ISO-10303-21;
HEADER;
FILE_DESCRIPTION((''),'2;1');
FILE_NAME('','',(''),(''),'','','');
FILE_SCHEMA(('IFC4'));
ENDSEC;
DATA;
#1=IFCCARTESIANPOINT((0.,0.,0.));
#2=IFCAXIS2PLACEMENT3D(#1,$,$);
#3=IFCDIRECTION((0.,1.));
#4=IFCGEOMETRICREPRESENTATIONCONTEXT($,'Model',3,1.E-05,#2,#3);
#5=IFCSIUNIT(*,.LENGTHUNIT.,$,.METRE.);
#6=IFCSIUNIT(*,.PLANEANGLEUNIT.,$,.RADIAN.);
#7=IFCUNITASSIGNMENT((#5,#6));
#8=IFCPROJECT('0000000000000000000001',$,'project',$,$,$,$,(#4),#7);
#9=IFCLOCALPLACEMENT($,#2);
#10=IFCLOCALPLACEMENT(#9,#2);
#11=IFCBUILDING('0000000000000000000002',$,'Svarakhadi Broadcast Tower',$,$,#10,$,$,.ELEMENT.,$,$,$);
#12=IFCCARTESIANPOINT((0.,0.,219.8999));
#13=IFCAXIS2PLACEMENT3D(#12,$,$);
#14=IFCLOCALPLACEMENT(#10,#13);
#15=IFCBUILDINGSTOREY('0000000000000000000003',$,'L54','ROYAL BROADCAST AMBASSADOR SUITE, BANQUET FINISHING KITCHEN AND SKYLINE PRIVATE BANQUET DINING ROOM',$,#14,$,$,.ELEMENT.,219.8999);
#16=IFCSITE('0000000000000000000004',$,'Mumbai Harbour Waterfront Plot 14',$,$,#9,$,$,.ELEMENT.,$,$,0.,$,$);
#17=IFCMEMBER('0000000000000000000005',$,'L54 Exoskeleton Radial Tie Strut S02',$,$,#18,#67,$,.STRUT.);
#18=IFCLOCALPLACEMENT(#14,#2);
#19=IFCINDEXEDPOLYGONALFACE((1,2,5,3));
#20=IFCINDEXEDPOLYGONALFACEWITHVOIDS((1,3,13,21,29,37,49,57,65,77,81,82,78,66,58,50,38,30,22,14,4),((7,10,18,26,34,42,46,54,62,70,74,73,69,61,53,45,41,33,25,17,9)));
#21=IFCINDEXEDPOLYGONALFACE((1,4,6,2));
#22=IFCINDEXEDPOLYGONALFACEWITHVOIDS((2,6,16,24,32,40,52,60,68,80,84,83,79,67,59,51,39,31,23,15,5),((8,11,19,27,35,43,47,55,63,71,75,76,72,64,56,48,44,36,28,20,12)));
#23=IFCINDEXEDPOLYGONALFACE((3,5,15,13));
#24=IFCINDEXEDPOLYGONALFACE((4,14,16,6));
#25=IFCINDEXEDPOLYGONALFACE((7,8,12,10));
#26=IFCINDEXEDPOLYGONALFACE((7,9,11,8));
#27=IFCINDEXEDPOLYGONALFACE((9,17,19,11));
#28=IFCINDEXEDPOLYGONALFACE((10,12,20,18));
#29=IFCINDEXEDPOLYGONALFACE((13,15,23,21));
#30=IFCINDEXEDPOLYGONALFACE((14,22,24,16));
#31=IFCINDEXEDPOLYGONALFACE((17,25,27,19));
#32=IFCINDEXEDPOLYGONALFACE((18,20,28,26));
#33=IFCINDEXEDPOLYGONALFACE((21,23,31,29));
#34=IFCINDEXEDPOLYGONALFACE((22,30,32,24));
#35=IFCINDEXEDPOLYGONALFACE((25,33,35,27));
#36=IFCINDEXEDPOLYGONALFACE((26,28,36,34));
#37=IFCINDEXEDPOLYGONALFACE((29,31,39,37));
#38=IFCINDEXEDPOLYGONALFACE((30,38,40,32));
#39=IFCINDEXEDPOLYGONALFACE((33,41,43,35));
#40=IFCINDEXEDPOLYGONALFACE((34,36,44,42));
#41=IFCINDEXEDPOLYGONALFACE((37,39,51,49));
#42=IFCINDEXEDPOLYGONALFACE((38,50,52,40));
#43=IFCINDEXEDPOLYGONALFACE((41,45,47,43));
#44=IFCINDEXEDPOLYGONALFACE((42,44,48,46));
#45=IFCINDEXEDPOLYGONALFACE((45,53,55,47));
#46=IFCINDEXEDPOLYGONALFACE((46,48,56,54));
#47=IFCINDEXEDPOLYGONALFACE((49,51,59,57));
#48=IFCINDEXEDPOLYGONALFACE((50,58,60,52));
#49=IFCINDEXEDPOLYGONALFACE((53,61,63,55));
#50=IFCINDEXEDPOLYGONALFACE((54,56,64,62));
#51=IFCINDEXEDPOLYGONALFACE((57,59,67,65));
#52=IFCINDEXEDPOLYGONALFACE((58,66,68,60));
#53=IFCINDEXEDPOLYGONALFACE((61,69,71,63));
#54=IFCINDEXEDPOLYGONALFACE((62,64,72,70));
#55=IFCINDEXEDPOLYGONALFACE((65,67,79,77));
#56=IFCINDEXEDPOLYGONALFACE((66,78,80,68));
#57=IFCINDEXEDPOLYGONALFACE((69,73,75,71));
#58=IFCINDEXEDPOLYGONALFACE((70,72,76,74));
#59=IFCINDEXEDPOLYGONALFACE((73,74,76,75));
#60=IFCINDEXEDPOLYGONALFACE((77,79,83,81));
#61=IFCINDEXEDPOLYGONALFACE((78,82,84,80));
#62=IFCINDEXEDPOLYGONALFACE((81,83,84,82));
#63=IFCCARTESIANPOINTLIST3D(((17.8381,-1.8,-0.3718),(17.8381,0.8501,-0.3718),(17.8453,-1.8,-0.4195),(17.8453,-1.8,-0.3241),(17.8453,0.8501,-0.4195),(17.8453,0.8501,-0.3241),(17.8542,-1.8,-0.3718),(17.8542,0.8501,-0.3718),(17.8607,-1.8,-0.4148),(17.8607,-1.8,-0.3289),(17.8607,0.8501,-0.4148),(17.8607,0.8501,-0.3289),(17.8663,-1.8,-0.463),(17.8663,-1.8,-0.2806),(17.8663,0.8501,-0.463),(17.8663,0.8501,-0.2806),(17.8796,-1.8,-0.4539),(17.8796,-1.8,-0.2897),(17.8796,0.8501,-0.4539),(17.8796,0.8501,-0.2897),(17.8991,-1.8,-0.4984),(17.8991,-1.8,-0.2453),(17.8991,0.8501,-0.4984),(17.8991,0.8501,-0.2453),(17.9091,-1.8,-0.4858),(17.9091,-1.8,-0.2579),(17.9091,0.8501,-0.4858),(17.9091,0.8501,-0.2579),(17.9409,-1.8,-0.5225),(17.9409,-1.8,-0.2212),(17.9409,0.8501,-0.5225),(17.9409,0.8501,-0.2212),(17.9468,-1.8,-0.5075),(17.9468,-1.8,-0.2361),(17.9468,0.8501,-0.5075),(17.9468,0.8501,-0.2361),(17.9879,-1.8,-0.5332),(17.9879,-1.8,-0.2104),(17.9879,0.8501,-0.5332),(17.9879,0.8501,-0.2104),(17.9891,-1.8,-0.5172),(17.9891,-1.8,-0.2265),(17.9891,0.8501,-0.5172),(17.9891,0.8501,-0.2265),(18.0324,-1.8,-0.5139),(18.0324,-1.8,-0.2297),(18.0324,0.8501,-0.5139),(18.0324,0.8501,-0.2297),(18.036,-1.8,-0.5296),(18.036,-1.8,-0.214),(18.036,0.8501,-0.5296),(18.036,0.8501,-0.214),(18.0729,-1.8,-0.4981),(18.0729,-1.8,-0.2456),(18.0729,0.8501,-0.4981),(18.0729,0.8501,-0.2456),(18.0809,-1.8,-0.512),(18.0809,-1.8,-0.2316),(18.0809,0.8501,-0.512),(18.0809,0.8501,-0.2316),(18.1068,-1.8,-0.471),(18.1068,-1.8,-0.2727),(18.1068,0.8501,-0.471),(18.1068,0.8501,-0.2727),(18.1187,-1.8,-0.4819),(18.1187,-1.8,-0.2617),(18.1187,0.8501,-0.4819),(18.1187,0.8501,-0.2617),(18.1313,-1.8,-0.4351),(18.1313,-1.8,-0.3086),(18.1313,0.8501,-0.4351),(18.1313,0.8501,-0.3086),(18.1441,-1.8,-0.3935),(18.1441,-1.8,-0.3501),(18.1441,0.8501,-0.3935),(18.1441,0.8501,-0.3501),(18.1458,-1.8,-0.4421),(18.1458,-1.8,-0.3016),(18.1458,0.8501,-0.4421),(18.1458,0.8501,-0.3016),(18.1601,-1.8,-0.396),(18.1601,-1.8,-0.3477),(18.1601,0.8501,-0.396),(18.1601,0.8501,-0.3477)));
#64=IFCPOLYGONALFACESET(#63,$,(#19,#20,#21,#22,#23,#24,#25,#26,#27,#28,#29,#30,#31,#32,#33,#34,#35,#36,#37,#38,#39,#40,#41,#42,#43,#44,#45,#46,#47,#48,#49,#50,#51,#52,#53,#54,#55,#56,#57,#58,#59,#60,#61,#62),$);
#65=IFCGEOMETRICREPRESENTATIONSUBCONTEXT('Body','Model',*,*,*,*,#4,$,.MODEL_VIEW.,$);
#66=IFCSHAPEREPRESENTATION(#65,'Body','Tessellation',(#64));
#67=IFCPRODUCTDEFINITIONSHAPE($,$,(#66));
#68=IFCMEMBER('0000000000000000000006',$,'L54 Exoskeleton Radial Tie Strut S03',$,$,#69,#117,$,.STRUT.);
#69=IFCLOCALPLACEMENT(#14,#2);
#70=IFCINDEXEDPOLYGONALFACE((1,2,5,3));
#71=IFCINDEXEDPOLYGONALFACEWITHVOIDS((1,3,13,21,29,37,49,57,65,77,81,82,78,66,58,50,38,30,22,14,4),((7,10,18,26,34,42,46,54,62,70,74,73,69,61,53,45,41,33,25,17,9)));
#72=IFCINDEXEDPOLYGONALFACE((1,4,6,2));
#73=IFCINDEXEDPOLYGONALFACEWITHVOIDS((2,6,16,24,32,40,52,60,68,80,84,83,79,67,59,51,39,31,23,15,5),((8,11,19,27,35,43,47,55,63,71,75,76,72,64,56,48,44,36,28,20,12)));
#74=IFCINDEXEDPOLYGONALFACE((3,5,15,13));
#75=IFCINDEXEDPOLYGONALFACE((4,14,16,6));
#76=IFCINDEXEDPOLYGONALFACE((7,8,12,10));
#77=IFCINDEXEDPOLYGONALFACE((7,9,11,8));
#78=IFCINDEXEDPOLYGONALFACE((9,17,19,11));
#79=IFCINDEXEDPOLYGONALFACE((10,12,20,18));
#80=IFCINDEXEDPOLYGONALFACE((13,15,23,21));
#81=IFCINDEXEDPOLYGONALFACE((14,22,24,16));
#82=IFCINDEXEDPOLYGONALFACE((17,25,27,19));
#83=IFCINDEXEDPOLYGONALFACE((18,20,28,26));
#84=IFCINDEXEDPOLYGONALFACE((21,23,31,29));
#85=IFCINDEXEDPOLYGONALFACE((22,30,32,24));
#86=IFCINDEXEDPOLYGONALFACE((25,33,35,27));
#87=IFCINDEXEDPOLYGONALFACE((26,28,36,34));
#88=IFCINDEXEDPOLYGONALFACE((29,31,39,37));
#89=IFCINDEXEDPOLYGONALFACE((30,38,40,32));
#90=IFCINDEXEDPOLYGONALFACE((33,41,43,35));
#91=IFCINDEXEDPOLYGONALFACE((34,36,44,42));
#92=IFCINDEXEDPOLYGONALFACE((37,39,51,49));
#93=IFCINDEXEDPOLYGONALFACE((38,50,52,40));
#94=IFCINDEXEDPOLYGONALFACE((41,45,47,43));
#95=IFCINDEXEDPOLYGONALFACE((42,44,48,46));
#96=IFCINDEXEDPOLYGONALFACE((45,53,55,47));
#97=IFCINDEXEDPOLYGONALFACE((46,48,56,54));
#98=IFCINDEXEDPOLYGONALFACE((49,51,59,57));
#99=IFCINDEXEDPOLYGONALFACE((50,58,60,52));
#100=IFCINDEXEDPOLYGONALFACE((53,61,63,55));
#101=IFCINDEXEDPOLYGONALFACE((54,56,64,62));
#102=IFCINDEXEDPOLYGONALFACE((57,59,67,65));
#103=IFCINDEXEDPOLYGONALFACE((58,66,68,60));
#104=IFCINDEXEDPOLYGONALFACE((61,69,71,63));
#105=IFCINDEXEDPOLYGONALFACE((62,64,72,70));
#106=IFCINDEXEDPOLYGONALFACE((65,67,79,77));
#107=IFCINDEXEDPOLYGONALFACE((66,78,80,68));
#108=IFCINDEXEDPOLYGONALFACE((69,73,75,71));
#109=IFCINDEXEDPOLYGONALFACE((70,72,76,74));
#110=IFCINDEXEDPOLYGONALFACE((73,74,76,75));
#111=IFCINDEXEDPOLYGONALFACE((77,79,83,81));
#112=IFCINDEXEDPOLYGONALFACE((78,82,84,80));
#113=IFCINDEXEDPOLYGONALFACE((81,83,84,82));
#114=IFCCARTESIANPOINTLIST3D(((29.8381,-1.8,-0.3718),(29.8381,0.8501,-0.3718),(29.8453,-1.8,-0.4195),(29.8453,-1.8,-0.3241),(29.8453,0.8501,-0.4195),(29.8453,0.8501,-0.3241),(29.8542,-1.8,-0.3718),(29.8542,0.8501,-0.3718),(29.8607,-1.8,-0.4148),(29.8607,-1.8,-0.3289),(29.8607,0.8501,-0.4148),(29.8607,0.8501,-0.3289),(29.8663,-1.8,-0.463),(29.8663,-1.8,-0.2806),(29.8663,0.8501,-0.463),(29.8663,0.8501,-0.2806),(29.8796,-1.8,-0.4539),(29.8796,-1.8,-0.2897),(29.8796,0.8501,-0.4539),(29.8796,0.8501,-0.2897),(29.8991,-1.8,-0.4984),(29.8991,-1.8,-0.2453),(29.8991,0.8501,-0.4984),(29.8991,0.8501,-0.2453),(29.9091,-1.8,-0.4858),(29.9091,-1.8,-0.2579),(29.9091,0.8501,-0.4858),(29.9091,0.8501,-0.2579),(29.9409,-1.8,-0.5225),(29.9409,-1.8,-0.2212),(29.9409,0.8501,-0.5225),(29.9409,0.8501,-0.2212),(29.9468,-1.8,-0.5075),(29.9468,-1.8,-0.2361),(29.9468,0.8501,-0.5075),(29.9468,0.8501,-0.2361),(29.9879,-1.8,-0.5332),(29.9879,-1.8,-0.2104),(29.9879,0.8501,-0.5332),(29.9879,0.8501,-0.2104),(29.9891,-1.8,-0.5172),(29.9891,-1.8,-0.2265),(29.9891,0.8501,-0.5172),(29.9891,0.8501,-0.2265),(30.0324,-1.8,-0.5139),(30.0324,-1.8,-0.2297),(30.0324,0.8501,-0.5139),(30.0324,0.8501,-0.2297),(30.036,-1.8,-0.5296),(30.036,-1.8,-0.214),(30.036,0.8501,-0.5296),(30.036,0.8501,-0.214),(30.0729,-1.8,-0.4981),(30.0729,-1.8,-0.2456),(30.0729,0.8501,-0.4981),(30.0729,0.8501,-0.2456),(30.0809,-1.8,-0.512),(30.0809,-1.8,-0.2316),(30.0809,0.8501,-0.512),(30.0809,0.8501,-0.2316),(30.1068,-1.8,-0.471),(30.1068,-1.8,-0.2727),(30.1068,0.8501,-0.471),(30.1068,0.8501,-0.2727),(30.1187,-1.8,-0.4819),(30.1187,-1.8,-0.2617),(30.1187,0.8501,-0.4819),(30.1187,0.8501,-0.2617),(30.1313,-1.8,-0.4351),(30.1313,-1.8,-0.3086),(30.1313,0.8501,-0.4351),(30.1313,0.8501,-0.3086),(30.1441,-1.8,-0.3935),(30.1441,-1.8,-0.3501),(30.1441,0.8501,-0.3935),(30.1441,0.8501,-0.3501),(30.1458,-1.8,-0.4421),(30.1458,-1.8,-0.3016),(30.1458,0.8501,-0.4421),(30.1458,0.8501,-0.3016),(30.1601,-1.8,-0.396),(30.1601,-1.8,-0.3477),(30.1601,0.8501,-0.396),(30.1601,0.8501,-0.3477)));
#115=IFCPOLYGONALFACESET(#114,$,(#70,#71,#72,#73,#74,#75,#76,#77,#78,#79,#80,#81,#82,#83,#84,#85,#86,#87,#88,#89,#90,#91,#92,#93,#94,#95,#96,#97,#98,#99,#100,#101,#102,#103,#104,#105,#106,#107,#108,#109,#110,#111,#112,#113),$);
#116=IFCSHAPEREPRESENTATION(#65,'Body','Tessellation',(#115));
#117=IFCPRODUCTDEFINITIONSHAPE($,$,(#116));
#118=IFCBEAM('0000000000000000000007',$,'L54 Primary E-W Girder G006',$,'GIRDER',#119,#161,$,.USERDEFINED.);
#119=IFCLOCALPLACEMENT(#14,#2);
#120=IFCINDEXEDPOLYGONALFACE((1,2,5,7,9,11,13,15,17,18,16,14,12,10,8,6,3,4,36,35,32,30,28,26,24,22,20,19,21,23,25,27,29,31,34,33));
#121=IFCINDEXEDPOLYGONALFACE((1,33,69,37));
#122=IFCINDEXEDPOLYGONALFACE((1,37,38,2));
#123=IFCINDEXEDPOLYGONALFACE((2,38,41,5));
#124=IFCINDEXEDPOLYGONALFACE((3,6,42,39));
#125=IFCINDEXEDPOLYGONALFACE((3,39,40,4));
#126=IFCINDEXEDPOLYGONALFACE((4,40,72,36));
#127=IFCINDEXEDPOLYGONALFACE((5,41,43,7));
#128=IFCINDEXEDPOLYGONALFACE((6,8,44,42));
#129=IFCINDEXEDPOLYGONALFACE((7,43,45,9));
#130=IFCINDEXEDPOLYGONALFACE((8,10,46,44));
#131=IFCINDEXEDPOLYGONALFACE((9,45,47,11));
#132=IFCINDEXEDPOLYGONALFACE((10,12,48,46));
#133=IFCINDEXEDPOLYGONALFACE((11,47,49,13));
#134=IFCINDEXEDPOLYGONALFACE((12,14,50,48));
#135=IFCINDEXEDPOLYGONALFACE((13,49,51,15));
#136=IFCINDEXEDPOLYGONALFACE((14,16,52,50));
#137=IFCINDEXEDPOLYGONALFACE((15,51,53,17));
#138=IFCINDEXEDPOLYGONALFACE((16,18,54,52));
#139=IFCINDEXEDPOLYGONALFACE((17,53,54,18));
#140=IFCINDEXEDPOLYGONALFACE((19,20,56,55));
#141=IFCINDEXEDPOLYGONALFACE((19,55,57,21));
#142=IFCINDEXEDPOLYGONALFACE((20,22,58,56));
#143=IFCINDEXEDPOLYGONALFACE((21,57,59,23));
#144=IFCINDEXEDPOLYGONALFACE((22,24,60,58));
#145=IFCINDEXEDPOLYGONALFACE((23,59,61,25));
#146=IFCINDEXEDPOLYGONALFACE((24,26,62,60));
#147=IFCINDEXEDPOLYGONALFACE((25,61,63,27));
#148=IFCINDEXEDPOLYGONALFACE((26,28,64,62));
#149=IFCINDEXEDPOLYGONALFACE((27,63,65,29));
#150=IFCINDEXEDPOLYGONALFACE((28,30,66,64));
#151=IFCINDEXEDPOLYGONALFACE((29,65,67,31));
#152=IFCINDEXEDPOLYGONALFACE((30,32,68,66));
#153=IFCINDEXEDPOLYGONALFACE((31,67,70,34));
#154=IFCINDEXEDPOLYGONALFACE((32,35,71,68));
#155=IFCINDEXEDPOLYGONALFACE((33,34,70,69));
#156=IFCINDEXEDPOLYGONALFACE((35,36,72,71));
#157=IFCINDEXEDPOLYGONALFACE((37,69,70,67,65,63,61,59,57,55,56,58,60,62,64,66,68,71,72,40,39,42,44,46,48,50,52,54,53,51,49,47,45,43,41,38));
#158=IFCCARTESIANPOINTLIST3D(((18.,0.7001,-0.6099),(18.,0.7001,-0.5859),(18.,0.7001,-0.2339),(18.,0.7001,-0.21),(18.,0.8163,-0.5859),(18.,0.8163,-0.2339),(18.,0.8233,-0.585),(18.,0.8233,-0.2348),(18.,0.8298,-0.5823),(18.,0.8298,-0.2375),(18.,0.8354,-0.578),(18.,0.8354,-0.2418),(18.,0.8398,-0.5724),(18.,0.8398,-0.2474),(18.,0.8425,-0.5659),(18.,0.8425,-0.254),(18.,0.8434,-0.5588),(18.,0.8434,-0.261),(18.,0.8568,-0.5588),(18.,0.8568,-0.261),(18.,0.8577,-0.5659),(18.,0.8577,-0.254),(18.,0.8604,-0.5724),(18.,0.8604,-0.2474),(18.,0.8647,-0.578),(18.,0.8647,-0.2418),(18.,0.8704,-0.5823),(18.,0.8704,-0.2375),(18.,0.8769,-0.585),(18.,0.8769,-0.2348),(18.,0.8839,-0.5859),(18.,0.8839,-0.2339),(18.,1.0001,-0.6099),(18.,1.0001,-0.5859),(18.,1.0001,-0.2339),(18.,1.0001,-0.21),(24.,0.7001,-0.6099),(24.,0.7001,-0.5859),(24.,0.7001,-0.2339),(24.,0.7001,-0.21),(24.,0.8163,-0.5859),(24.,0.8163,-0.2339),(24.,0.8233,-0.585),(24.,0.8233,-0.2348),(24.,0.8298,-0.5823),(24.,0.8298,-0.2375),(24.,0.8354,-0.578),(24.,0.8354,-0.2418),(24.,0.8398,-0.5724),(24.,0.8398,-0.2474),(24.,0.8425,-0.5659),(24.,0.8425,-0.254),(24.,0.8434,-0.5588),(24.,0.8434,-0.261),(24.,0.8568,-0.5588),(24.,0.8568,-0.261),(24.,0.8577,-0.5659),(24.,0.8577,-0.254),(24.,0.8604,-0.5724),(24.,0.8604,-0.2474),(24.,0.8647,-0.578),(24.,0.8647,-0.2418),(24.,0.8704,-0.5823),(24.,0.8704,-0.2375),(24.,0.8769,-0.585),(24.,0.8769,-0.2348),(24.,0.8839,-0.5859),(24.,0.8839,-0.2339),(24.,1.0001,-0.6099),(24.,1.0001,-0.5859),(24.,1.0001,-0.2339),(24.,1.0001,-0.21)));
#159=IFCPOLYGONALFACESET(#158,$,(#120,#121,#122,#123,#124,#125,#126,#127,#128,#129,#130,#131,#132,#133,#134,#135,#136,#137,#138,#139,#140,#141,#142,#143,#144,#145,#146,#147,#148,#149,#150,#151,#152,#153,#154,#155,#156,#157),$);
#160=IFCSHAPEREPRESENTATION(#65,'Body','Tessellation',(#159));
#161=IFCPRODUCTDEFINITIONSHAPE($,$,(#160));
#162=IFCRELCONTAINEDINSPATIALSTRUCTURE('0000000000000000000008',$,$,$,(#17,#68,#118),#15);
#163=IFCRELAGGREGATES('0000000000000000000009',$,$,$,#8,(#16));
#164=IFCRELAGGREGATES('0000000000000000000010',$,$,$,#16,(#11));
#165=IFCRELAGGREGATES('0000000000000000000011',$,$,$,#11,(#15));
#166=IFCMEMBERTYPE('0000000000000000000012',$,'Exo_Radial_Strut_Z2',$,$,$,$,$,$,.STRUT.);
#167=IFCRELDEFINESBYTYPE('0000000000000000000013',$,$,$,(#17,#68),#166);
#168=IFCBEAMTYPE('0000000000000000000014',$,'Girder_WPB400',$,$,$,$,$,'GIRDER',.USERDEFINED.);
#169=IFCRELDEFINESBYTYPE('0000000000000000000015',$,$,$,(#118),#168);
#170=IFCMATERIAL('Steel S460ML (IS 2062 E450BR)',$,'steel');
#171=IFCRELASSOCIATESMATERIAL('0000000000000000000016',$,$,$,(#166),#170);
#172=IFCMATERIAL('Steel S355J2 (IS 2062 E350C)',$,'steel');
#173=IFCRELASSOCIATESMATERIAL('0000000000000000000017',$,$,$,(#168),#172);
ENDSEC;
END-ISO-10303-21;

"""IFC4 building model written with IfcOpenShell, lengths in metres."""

from ifc_helpers import new_model, si_unit, direction, frame, origin, origin_2d, place, context, subcontext, project, spatial, hollow_circle, i_section, extrude, material, material_profile, profile_set, type_object, element, save


model = new_model("IFC4")

# Units and contexts
model_context = context("Model", 3, precision=1e-05, world=origin(), true_north=direction((0.0, 1.0)))
body_context = subcontext(model_context, "Body", "Model", "MODEL_VIEW")
ifc_project = project(units=[si_unit("LENGTHUNIT", "METRE"), si_unit("PLANEANGLEUNIT", "RADIAN")], contexts=[model_context])

# Site, building, storey
site_placement = place(None, origin())
site = spatial("IfcSite", under=ifc_project, at=site_placement, Name="Mumbai Harbour Waterfront Plot 14", CompositionType="ELEMENT", RefElevation=0.0)
building_placement = place(site_placement, origin())
building = spatial("IfcBuilding", under=site, at=building_placement, Name="Svarakhadi Broadcast Tower", CompositionType="ELEMENT")
storey_placement = place(building_placement, frame((0.0, 0.0, 219.8999)))
storey = spatial("IfcBuildingStorey", under=building, at=storey_placement, Name="L54", Description="ROYAL BROADCAST AMBASSADOR SUITE, BANQUET FINISHING KITCHEN AND SKYLINE PRIVATE BANQUET DINING ROOM", CompositionType="ELEMENT", Elevation=219.8999)

# Shared definitions
ifc_material_1 = material(Name="Steel S460ML (IS 2062 E450BR)", Category="steel")

# Members
ifc_material_profile_1 = material_profile(ifc_material_1, hollow_circle(Radius=0.1619, WallThickness=0.0161, at=origin_2d()), Name="CHS 323.9x16")
ifc_profile_set_1 = profile_set([ifc_material_profile_1], Name="Steel S460ML (IS 2062 E450BR)")
member_type_1 = type_object("IfcMemberType", Name="Exo_Radial_Strut_Z2", PredefinedType="STRUT", material=ifc_profile_set_1)
for number, where, z_axis, x_axis, name in (
    (1, (18.0, -1.8, -0.3718), (0.0, 1.0, 0.0), (-1.0, 0.0, 0.0), "L54 Exoskeleton Radial Tie Strut S02"),
    (2, (30.0, -1.8, -0.3718), (0.0, 1.0, 0.0), (-1.0, 0.0, 0.0), "L54 Exoskeleton Radial Tie Strut S03"),
):
    element("IfcMember", number, at=place(storey_placement, frame(where, z_axis=z_axis, x_axis=x_axis)), inside=storey, type_object=member_type_1, Name=name, PredefinedType="STRUT", context=body_context, shape_type="SweptSolid", body=[
        extrude(hollow_circle(Radius=0.1619, WallThickness=0.0161, at=origin_2d()), origin(), (0.0, 0.0, 1.0), 2.6501),
    ])

# Beam
ifc_material_2 = material(Name="Steel S355J2 (IS 2062 E350C)", Category="steel")
ifc_material_profile_2 = material_profile(ifc_material_2, i_section(OverallWidth=0.3, OverallDepth=0.3999, WebThickness=0.0134, FlangeThickness=0.0239, FilletRadius=0.0271, at=origin_2d()), Name="WPB 400x300x155")
ifc_profile_set_2 = profile_set([ifc_material_profile_2], Name="Steel S355J2 (IS 2062 E350C)")
beam_type = type_object("IfcBeamType", Name="Girder_WPB400", ElementType="GIRDER", PredefinedType="USERDEFINED", material=ifc_profile_set_2)
beam_1_placement = place(storey_placement, frame((18.0, 0.8501, -0.4099), z_axis=(1.0, 0.0, 0.0), x_axis=(0.0, 1.0, 0.0)))
element("IfcBeam", 3, at=beam_1_placement, inside=storey, type_object=beam_type, Name="L54 Primary E-W Girder G006", ObjectType="GIRDER", PredefinedType="USERDEFINED", context=body_context, shape_type="SweptSolid", body=[
    extrude(i_section(OverallWidth=0.3, OverallDepth=0.3999, WebThickness=0.0134, FlangeThickness=0.0239, FilletRadius=0.0271, at=origin_2d()), origin(), (0.0, 0.0, 1.0), 6.0),
])

save(model, "model.ifc")
